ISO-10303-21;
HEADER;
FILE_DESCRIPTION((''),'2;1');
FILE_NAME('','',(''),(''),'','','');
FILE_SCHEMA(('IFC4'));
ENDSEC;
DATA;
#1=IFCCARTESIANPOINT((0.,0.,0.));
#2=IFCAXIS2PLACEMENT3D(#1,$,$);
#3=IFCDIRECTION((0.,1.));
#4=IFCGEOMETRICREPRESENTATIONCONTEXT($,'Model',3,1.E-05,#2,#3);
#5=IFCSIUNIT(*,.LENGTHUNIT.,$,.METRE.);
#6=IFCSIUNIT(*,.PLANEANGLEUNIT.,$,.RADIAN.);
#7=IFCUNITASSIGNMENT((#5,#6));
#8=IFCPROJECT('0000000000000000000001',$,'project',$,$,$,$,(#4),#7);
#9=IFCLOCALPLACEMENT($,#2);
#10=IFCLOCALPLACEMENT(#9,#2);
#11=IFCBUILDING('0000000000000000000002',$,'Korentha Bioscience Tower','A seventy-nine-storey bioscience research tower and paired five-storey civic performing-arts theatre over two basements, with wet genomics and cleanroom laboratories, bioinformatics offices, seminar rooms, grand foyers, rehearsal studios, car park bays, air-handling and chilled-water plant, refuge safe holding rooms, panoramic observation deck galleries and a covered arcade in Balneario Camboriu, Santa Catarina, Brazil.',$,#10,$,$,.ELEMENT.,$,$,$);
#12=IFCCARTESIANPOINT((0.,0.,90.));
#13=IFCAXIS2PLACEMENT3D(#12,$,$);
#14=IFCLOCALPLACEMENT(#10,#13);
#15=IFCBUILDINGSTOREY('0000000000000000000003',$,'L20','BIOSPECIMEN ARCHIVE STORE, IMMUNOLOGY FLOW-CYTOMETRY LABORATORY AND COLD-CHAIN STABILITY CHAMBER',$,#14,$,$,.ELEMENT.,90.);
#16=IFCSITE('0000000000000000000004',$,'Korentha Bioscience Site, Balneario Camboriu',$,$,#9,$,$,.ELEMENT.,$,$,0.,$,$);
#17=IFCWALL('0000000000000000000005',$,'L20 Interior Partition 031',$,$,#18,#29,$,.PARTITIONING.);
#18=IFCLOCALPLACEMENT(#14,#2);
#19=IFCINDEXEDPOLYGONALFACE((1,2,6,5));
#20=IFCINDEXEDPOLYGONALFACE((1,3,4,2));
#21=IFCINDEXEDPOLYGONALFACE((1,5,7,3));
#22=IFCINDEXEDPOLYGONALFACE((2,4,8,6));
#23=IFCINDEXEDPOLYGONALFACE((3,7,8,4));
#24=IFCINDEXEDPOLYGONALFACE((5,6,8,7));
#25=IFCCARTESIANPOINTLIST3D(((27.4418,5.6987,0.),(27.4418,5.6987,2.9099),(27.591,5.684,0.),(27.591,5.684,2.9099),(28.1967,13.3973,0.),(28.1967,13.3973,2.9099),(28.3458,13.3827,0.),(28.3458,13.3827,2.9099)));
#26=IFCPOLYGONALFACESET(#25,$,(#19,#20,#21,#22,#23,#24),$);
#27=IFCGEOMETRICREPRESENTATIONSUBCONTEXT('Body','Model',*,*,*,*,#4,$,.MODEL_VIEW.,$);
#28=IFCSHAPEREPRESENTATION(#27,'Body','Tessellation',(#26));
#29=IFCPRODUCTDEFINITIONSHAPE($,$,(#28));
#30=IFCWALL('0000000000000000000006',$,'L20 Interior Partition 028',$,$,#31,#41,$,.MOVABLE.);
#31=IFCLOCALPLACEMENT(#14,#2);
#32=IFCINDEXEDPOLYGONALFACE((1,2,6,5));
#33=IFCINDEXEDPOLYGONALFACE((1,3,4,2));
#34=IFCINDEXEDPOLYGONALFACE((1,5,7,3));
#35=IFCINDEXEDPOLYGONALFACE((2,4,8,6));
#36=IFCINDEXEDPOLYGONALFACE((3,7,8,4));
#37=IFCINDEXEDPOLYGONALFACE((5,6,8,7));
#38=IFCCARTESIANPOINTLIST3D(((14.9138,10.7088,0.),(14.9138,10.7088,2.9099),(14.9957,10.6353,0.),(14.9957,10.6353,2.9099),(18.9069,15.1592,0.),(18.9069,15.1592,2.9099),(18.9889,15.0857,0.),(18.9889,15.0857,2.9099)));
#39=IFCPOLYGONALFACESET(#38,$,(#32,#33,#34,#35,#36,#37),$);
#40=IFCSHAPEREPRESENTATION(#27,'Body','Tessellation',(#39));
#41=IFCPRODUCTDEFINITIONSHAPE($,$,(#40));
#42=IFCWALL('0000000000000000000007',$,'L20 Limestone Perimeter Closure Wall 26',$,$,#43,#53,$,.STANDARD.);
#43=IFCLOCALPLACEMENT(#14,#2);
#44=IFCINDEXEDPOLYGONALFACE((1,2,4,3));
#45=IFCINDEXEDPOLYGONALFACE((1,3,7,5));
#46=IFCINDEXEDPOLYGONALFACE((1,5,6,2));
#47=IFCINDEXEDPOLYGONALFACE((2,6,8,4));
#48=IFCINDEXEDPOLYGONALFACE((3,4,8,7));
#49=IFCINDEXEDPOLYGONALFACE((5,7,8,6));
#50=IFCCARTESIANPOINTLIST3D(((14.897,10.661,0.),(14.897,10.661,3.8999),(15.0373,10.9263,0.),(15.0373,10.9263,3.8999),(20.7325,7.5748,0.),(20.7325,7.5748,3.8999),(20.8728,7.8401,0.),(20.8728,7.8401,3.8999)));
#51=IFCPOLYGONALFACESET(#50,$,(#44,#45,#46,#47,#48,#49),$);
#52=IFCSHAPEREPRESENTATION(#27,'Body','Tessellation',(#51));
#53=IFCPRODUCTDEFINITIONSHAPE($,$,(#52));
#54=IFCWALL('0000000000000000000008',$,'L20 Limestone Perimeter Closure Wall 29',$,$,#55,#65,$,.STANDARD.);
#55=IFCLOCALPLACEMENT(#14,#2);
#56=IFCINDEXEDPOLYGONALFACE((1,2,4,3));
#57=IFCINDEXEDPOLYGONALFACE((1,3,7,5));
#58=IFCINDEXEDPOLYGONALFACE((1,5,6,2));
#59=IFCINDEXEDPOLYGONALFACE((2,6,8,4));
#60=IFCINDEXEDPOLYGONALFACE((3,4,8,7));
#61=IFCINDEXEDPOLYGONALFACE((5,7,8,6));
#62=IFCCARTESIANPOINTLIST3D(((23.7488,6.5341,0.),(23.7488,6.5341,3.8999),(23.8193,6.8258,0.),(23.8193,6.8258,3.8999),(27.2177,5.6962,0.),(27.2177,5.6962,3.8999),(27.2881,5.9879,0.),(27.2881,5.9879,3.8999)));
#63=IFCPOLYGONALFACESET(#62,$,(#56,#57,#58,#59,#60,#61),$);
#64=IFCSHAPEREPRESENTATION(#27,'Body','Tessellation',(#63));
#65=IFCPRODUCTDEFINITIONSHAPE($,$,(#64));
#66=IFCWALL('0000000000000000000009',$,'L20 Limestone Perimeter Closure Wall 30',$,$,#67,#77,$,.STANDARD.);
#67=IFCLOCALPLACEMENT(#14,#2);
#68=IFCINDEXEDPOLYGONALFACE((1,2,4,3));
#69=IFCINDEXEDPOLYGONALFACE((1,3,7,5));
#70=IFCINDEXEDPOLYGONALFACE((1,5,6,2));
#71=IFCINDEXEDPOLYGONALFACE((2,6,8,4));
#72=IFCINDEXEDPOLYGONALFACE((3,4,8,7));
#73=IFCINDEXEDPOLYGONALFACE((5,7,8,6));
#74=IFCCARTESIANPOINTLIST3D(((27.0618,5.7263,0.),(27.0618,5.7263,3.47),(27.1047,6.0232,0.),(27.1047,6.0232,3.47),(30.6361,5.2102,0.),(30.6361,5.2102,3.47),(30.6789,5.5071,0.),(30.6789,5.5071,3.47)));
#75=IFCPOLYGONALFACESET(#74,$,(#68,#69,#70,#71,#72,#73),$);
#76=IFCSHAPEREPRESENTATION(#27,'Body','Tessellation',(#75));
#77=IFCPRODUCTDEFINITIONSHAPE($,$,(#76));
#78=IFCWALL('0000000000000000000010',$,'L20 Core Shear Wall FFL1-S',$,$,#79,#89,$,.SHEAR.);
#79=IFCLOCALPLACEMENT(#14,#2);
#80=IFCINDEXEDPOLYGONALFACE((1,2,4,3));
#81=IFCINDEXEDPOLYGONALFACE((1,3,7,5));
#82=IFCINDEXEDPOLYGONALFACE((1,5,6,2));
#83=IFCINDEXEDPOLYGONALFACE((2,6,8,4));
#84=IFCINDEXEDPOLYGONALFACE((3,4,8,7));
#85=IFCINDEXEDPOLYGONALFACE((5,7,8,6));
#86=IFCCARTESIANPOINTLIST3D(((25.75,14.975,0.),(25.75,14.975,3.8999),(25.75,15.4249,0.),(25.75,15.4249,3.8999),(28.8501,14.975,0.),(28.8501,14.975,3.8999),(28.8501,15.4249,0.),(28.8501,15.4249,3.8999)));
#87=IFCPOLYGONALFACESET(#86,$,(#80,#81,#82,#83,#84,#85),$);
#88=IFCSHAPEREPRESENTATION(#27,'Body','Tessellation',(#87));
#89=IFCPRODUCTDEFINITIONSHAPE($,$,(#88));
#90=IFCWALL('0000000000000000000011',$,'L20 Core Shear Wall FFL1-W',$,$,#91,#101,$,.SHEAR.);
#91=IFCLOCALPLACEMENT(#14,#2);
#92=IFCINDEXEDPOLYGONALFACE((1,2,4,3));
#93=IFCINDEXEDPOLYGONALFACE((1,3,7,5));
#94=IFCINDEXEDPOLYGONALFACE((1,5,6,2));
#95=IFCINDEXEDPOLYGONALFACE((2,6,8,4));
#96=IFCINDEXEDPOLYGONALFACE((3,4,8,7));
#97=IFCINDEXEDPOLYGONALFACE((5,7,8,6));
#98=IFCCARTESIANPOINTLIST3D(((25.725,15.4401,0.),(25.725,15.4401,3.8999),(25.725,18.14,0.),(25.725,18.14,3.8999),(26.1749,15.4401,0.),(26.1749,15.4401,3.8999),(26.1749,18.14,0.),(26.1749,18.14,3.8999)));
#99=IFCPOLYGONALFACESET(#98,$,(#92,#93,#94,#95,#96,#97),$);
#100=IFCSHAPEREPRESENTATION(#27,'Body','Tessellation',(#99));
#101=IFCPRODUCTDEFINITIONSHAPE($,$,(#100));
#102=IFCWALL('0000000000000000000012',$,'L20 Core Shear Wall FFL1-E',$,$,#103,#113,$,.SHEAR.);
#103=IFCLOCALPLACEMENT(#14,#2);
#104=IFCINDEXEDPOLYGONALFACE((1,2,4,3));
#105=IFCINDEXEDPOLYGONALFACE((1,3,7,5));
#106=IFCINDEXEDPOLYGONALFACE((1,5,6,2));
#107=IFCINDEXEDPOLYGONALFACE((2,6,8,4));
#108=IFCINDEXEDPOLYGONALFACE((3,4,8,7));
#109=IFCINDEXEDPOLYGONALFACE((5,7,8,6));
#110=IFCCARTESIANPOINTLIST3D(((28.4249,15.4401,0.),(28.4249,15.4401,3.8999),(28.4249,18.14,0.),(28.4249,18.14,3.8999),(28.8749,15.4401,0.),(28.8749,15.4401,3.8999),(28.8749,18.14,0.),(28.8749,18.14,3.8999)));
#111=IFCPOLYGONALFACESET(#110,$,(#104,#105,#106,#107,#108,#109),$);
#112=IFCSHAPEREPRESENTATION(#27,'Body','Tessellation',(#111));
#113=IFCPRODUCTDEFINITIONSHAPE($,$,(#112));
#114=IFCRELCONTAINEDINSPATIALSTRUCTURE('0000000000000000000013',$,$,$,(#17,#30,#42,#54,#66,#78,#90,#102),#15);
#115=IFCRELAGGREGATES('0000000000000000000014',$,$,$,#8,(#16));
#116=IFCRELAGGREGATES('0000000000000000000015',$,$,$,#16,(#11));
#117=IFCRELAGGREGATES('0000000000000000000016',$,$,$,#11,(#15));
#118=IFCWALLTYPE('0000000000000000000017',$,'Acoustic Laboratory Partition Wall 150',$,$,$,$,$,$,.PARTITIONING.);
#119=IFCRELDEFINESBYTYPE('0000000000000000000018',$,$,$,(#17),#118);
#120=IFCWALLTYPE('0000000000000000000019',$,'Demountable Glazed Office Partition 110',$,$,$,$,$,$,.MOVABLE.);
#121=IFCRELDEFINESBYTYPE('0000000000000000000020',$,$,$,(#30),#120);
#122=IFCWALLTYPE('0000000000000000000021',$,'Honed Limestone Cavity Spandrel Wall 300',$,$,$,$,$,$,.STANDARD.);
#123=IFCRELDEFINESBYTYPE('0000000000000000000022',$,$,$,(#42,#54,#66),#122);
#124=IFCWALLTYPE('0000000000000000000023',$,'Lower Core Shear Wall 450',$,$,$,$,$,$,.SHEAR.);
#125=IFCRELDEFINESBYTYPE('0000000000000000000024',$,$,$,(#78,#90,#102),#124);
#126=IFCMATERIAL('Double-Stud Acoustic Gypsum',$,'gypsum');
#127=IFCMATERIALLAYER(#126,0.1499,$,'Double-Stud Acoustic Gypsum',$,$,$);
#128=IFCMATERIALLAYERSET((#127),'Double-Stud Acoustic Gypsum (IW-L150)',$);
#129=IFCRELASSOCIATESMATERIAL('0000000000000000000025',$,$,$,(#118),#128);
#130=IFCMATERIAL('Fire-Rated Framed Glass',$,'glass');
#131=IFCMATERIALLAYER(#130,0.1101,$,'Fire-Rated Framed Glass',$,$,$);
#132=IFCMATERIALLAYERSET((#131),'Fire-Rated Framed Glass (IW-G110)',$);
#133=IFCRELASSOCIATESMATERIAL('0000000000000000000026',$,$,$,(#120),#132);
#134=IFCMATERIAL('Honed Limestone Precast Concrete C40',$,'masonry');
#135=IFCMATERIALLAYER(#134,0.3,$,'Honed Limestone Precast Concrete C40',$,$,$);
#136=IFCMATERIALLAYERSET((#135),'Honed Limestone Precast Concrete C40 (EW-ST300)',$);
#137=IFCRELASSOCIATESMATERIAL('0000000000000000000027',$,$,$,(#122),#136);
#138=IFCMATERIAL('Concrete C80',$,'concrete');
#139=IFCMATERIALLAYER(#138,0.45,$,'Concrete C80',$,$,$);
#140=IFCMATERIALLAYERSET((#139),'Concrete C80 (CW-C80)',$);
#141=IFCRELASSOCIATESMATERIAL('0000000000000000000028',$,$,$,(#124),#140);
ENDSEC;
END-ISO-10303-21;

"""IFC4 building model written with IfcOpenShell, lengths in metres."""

from ifc_helpers import new_model, si_unit, direction, frame, frame_2d, origin, place, context, subcontext, project, spatial, rectangle, extrude, material, layer, layer_set, type_object, element, save


model = new_model("IFC4")

# Units and contexts
model_context = context("Model", 3, precision=1e-05, world=origin(), true_north=direction((0.0, 1.0)))
body_context = subcontext(model_context, "Body", "Model", "MODEL_VIEW")
ifc_project = project(units=[si_unit("LENGTHUNIT", "METRE"), si_unit("PLANEANGLEUNIT", "RADIAN")], contexts=[model_context])

# Site, building, storey
site_placement = place(None, origin())
site = spatial("IfcSite", under=ifc_project, at=site_placement, Name="Korentha Bioscience Site, Balneario Camboriu", CompositionType="ELEMENT", RefElevation=0.0)
building_placement = place(site_placement, origin())
building = spatial("IfcBuilding", under=site, at=building_placement, Name="Korentha Bioscience Tower", Description="A seventy-nine-storey bioscience research tower and paired five-storey civic performing-arts theatre over two basements, with wet genomics and cleanroom laboratories, bioinformatics offices, seminar rooms, grand foyers, rehearsal studios, car park bays, air-handling and chilled-water plant, refuge safe holding rooms, panoramic observation deck galleries and a covered arcade in Balneario Camboriu, Santa Catarina, Brazil.", CompositionType="ELEMENT")
storey_placement = place(building_placement, frame((0.0, 0.0, 90.0)))
storey = spatial("IfcBuildingStorey", under=building, at=storey_placement, Name="L20", Description="BIOSPECIMEN ARCHIVE STORE, IMMUNOLOGY FLOW-CYTOMETRY LABORATORY AND COLD-CHAIN STABILITY CHAMBER", CompositionType="ELEMENT", Elevation=90.0)

# Shared definitions
ifc_material_1 = material(Name="Concrete C80", Category="concrete")

# Shared definitions
ifc_material_2 = material(Name="Double-Stud Acoustic Gypsum", Category="gypsum")
ifc_layer_1 = layer(ifc_material_2, 0.1499, Name="Double-Stud Acoustic Gypsum")
ifc_layer_set_1 = layer_set([ifc_layer_1], Name="Double-Stud Acoustic Gypsum (IW-L150)")
wall_type_1 = type_object("IfcWallType", Name="Acoustic Laboratory Partition Wall 150", PredefinedType="PARTITIONING", material=ifc_layer_set_1)

# Walls
wall_1_placement = place(storey_placement, frame((28.2712, 13.3899, 0.0), z_axis=(0.0, 0.0, 1.0), x_axis=(-0.097585, -0.995227, 0.0)))
element("IfcWall", 1, at=wall_1_placement, inside=storey, type_object=wall_type_1, Name="L20 Interior Partition 031", PredefinedType="PARTITIONING", context=body_context, shape_type="SweptSolid", body=[
    extrude(rectangle(XDim=7.7356, YDim=0.1499, at=frame_2d((3.8677, 0.0))), origin(), (0.0, 0.0, 1.0), 2.9099),
])
ifc_material_3 = material(Name="Fire-Rated Framed Glass", Category="glass")
ifc_layer_2 = layer(ifc_material_3, 0.1101, Name="Fire-Rated Framed Glass")
ifc_layer_set_2 = layer_set([ifc_layer_2], Name="Fire-Rated Framed Glass (IW-G110)")
wall_type_2 = type_object("IfcWallType", Name="Demountable Glazed Office Partition 110", PredefinedType="MOVABLE", material=ifc_layer_set_2)
wall_2_placement = place(storey_placement, frame((18.948, 15.1226, 0.0), z_axis=(0.0, 0.0, 1.0), x_axis=(-0.667834, -0.74431, 0.0)))
element("IfcWall", 2, at=wall_2_placement, inside=storey, type_object=wall_type_2, Name="L20 Interior Partition 028", PredefinedType="MOVABLE", context=body_context, shape_type="SweptSolid", body=[
    extrude(rectangle(XDim=5.9792, YDim=0.1101, at=frame_2d((2.9897, 0.0))), origin(), (0.0, 0.0, 1.0), 2.9099),
])

# Shared definitions
ifc_material_4 = material(Name="Honed Limestone Precast Concrete C40", Category="masonry")
ifc_layer_3 = layer(ifc_material_4, 0.3, Name="Honed Limestone Precast Concrete C40")
ifc_layer_set_3 = layer_set([ifc_layer_3], Name="Honed Limestone Precast Concrete C40 (EW-ST300)")
wall_type_3 = type_object("IfcWallType", Name="Honed Limestone Cavity Spandrel Wall 300", PredefinedType="STANDARD", material=ifc_layer_set_3)

# Walls
wall_3_placement = place(storey_placement, frame((14.967, 10.7937, 0.0), z_axis=(0.0, 0.0, 1.0), x_axis=(0.883987, -0.467512, 0.0)))
element("IfcWall", 3, at=wall_3_placement, inside=storey, type_object=wall_type_3, Name="L20 Limestone Perimeter Closure Wall 26", PredefinedType="STANDARD", context=body_context, shape_type="SweptSolid", body=[
    extrude(rectangle(XDim=6.6013, YDim=0.3, at=frame_2d((3.3008, 0.0))), origin(), (0.0, 0.0, 1.0), 3.8999),
])
wall_4_placement = place(storey_placement, frame((23.7842, 6.6799, 0.0), z_axis=(0.0, 0.0, 1.0), x_axis=(0.972043, -0.234801, 0.0)))
element("IfcWall", 4, at=wall_4_placement, inside=storey, type_object=wall_type_3, Name="L20 Limestone Perimeter Closure Wall 29", PredefinedType="STANDARD", context=body_context, shape_type="SweptSolid", body=[
    extrude(rectangle(XDim=3.5686, YDim=0.3, at=frame_2d((1.7842, 0.0))), origin(), (0.0, 0.0, 1.0), 3.8999),
])
wall_5_placement = place(storey_placement, frame((27.0833, 5.8748, 0.0), z_axis=(0.0, 0.0, 1.0), x_axis=(0.989735, -0.142917, 0.0)))
element("IfcWall", 5, at=wall_5_placement, inside=storey, type_object=wall_type_3, Name="L20 Limestone Perimeter Closure Wall 30", PredefinedType="STANDARD", context=body_context, shape_type="SweptSolid", body=[
    extrude(rectangle(XDim=3.6113, YDim=0.3, at=frame_2d((1.8057, 0.0))), origin(), (0.0, 0.0, 1.0), 3.47),
])
ifc_layer_4 = layer(ifc_material_1, 0.45, Name="Concrete C80")
ifc_layer_set_4 = layer_set([ifc_layer_4], Name="Concrete C80 (CW-C80)")
wall_type_4 = type_object("IfcWallType", Name="Lower Core Shear Wall 450", PredefinedType="SHEAR", material=ifc_layer_set_4)
wall_6_placement = place(storey_placement, frame((25.75, 15.2, 0.0), z_axis=(0.0, 0.0, 1.0), x_axis=(1.0, 0.0, 0.0)))
element("IfcWall", 6, at=wall_6_placement, inside=storey, type_object=wall_type_4, Name="L20 Core Shear Wall FFL1-S", PredefinedType="SHEAR", context=body_context, shape_type="SweptSolid", body=[
    extrude(rectangle(XDim=3.1001, YDim=0.45, at=frame_2d((1.55, 0.0))), origin(), (0.0, 0.0, 1.0), 3.8999),
])
for number, where, z_axis, x_axis, name in (
    (7, (25.95, 15.4399, 0.0), (0.0, 0.0, 1.0), (0.0, 1.0, 0.0), "L20 Core Shear Wall FFL1-W"),
    (8, (28.6499, 15.4399, 0.0), (0.0, 0.0, 1.0), (0.0, 1.0, 0.0), "L20 Core Shear Wall FFL1-E"),
):
    element("IfcWall", number, at=place(storey_placement, frame(where, z_axis=z_axis, x_axis=x_axis)), inside=storey, type_object=wall_type_4, Name=name, PredefinedType="SHEAR", context=body_context, shape_type="SweptSolid", body=[
        extrude(rectangle(XDim=2.7, YDim=0.45, at=frame_2d((1.3501, 0.0))), origin(), (0.0, 0.0, 1.0), 3.8999),
    ])

save(model, "model.ifc")
